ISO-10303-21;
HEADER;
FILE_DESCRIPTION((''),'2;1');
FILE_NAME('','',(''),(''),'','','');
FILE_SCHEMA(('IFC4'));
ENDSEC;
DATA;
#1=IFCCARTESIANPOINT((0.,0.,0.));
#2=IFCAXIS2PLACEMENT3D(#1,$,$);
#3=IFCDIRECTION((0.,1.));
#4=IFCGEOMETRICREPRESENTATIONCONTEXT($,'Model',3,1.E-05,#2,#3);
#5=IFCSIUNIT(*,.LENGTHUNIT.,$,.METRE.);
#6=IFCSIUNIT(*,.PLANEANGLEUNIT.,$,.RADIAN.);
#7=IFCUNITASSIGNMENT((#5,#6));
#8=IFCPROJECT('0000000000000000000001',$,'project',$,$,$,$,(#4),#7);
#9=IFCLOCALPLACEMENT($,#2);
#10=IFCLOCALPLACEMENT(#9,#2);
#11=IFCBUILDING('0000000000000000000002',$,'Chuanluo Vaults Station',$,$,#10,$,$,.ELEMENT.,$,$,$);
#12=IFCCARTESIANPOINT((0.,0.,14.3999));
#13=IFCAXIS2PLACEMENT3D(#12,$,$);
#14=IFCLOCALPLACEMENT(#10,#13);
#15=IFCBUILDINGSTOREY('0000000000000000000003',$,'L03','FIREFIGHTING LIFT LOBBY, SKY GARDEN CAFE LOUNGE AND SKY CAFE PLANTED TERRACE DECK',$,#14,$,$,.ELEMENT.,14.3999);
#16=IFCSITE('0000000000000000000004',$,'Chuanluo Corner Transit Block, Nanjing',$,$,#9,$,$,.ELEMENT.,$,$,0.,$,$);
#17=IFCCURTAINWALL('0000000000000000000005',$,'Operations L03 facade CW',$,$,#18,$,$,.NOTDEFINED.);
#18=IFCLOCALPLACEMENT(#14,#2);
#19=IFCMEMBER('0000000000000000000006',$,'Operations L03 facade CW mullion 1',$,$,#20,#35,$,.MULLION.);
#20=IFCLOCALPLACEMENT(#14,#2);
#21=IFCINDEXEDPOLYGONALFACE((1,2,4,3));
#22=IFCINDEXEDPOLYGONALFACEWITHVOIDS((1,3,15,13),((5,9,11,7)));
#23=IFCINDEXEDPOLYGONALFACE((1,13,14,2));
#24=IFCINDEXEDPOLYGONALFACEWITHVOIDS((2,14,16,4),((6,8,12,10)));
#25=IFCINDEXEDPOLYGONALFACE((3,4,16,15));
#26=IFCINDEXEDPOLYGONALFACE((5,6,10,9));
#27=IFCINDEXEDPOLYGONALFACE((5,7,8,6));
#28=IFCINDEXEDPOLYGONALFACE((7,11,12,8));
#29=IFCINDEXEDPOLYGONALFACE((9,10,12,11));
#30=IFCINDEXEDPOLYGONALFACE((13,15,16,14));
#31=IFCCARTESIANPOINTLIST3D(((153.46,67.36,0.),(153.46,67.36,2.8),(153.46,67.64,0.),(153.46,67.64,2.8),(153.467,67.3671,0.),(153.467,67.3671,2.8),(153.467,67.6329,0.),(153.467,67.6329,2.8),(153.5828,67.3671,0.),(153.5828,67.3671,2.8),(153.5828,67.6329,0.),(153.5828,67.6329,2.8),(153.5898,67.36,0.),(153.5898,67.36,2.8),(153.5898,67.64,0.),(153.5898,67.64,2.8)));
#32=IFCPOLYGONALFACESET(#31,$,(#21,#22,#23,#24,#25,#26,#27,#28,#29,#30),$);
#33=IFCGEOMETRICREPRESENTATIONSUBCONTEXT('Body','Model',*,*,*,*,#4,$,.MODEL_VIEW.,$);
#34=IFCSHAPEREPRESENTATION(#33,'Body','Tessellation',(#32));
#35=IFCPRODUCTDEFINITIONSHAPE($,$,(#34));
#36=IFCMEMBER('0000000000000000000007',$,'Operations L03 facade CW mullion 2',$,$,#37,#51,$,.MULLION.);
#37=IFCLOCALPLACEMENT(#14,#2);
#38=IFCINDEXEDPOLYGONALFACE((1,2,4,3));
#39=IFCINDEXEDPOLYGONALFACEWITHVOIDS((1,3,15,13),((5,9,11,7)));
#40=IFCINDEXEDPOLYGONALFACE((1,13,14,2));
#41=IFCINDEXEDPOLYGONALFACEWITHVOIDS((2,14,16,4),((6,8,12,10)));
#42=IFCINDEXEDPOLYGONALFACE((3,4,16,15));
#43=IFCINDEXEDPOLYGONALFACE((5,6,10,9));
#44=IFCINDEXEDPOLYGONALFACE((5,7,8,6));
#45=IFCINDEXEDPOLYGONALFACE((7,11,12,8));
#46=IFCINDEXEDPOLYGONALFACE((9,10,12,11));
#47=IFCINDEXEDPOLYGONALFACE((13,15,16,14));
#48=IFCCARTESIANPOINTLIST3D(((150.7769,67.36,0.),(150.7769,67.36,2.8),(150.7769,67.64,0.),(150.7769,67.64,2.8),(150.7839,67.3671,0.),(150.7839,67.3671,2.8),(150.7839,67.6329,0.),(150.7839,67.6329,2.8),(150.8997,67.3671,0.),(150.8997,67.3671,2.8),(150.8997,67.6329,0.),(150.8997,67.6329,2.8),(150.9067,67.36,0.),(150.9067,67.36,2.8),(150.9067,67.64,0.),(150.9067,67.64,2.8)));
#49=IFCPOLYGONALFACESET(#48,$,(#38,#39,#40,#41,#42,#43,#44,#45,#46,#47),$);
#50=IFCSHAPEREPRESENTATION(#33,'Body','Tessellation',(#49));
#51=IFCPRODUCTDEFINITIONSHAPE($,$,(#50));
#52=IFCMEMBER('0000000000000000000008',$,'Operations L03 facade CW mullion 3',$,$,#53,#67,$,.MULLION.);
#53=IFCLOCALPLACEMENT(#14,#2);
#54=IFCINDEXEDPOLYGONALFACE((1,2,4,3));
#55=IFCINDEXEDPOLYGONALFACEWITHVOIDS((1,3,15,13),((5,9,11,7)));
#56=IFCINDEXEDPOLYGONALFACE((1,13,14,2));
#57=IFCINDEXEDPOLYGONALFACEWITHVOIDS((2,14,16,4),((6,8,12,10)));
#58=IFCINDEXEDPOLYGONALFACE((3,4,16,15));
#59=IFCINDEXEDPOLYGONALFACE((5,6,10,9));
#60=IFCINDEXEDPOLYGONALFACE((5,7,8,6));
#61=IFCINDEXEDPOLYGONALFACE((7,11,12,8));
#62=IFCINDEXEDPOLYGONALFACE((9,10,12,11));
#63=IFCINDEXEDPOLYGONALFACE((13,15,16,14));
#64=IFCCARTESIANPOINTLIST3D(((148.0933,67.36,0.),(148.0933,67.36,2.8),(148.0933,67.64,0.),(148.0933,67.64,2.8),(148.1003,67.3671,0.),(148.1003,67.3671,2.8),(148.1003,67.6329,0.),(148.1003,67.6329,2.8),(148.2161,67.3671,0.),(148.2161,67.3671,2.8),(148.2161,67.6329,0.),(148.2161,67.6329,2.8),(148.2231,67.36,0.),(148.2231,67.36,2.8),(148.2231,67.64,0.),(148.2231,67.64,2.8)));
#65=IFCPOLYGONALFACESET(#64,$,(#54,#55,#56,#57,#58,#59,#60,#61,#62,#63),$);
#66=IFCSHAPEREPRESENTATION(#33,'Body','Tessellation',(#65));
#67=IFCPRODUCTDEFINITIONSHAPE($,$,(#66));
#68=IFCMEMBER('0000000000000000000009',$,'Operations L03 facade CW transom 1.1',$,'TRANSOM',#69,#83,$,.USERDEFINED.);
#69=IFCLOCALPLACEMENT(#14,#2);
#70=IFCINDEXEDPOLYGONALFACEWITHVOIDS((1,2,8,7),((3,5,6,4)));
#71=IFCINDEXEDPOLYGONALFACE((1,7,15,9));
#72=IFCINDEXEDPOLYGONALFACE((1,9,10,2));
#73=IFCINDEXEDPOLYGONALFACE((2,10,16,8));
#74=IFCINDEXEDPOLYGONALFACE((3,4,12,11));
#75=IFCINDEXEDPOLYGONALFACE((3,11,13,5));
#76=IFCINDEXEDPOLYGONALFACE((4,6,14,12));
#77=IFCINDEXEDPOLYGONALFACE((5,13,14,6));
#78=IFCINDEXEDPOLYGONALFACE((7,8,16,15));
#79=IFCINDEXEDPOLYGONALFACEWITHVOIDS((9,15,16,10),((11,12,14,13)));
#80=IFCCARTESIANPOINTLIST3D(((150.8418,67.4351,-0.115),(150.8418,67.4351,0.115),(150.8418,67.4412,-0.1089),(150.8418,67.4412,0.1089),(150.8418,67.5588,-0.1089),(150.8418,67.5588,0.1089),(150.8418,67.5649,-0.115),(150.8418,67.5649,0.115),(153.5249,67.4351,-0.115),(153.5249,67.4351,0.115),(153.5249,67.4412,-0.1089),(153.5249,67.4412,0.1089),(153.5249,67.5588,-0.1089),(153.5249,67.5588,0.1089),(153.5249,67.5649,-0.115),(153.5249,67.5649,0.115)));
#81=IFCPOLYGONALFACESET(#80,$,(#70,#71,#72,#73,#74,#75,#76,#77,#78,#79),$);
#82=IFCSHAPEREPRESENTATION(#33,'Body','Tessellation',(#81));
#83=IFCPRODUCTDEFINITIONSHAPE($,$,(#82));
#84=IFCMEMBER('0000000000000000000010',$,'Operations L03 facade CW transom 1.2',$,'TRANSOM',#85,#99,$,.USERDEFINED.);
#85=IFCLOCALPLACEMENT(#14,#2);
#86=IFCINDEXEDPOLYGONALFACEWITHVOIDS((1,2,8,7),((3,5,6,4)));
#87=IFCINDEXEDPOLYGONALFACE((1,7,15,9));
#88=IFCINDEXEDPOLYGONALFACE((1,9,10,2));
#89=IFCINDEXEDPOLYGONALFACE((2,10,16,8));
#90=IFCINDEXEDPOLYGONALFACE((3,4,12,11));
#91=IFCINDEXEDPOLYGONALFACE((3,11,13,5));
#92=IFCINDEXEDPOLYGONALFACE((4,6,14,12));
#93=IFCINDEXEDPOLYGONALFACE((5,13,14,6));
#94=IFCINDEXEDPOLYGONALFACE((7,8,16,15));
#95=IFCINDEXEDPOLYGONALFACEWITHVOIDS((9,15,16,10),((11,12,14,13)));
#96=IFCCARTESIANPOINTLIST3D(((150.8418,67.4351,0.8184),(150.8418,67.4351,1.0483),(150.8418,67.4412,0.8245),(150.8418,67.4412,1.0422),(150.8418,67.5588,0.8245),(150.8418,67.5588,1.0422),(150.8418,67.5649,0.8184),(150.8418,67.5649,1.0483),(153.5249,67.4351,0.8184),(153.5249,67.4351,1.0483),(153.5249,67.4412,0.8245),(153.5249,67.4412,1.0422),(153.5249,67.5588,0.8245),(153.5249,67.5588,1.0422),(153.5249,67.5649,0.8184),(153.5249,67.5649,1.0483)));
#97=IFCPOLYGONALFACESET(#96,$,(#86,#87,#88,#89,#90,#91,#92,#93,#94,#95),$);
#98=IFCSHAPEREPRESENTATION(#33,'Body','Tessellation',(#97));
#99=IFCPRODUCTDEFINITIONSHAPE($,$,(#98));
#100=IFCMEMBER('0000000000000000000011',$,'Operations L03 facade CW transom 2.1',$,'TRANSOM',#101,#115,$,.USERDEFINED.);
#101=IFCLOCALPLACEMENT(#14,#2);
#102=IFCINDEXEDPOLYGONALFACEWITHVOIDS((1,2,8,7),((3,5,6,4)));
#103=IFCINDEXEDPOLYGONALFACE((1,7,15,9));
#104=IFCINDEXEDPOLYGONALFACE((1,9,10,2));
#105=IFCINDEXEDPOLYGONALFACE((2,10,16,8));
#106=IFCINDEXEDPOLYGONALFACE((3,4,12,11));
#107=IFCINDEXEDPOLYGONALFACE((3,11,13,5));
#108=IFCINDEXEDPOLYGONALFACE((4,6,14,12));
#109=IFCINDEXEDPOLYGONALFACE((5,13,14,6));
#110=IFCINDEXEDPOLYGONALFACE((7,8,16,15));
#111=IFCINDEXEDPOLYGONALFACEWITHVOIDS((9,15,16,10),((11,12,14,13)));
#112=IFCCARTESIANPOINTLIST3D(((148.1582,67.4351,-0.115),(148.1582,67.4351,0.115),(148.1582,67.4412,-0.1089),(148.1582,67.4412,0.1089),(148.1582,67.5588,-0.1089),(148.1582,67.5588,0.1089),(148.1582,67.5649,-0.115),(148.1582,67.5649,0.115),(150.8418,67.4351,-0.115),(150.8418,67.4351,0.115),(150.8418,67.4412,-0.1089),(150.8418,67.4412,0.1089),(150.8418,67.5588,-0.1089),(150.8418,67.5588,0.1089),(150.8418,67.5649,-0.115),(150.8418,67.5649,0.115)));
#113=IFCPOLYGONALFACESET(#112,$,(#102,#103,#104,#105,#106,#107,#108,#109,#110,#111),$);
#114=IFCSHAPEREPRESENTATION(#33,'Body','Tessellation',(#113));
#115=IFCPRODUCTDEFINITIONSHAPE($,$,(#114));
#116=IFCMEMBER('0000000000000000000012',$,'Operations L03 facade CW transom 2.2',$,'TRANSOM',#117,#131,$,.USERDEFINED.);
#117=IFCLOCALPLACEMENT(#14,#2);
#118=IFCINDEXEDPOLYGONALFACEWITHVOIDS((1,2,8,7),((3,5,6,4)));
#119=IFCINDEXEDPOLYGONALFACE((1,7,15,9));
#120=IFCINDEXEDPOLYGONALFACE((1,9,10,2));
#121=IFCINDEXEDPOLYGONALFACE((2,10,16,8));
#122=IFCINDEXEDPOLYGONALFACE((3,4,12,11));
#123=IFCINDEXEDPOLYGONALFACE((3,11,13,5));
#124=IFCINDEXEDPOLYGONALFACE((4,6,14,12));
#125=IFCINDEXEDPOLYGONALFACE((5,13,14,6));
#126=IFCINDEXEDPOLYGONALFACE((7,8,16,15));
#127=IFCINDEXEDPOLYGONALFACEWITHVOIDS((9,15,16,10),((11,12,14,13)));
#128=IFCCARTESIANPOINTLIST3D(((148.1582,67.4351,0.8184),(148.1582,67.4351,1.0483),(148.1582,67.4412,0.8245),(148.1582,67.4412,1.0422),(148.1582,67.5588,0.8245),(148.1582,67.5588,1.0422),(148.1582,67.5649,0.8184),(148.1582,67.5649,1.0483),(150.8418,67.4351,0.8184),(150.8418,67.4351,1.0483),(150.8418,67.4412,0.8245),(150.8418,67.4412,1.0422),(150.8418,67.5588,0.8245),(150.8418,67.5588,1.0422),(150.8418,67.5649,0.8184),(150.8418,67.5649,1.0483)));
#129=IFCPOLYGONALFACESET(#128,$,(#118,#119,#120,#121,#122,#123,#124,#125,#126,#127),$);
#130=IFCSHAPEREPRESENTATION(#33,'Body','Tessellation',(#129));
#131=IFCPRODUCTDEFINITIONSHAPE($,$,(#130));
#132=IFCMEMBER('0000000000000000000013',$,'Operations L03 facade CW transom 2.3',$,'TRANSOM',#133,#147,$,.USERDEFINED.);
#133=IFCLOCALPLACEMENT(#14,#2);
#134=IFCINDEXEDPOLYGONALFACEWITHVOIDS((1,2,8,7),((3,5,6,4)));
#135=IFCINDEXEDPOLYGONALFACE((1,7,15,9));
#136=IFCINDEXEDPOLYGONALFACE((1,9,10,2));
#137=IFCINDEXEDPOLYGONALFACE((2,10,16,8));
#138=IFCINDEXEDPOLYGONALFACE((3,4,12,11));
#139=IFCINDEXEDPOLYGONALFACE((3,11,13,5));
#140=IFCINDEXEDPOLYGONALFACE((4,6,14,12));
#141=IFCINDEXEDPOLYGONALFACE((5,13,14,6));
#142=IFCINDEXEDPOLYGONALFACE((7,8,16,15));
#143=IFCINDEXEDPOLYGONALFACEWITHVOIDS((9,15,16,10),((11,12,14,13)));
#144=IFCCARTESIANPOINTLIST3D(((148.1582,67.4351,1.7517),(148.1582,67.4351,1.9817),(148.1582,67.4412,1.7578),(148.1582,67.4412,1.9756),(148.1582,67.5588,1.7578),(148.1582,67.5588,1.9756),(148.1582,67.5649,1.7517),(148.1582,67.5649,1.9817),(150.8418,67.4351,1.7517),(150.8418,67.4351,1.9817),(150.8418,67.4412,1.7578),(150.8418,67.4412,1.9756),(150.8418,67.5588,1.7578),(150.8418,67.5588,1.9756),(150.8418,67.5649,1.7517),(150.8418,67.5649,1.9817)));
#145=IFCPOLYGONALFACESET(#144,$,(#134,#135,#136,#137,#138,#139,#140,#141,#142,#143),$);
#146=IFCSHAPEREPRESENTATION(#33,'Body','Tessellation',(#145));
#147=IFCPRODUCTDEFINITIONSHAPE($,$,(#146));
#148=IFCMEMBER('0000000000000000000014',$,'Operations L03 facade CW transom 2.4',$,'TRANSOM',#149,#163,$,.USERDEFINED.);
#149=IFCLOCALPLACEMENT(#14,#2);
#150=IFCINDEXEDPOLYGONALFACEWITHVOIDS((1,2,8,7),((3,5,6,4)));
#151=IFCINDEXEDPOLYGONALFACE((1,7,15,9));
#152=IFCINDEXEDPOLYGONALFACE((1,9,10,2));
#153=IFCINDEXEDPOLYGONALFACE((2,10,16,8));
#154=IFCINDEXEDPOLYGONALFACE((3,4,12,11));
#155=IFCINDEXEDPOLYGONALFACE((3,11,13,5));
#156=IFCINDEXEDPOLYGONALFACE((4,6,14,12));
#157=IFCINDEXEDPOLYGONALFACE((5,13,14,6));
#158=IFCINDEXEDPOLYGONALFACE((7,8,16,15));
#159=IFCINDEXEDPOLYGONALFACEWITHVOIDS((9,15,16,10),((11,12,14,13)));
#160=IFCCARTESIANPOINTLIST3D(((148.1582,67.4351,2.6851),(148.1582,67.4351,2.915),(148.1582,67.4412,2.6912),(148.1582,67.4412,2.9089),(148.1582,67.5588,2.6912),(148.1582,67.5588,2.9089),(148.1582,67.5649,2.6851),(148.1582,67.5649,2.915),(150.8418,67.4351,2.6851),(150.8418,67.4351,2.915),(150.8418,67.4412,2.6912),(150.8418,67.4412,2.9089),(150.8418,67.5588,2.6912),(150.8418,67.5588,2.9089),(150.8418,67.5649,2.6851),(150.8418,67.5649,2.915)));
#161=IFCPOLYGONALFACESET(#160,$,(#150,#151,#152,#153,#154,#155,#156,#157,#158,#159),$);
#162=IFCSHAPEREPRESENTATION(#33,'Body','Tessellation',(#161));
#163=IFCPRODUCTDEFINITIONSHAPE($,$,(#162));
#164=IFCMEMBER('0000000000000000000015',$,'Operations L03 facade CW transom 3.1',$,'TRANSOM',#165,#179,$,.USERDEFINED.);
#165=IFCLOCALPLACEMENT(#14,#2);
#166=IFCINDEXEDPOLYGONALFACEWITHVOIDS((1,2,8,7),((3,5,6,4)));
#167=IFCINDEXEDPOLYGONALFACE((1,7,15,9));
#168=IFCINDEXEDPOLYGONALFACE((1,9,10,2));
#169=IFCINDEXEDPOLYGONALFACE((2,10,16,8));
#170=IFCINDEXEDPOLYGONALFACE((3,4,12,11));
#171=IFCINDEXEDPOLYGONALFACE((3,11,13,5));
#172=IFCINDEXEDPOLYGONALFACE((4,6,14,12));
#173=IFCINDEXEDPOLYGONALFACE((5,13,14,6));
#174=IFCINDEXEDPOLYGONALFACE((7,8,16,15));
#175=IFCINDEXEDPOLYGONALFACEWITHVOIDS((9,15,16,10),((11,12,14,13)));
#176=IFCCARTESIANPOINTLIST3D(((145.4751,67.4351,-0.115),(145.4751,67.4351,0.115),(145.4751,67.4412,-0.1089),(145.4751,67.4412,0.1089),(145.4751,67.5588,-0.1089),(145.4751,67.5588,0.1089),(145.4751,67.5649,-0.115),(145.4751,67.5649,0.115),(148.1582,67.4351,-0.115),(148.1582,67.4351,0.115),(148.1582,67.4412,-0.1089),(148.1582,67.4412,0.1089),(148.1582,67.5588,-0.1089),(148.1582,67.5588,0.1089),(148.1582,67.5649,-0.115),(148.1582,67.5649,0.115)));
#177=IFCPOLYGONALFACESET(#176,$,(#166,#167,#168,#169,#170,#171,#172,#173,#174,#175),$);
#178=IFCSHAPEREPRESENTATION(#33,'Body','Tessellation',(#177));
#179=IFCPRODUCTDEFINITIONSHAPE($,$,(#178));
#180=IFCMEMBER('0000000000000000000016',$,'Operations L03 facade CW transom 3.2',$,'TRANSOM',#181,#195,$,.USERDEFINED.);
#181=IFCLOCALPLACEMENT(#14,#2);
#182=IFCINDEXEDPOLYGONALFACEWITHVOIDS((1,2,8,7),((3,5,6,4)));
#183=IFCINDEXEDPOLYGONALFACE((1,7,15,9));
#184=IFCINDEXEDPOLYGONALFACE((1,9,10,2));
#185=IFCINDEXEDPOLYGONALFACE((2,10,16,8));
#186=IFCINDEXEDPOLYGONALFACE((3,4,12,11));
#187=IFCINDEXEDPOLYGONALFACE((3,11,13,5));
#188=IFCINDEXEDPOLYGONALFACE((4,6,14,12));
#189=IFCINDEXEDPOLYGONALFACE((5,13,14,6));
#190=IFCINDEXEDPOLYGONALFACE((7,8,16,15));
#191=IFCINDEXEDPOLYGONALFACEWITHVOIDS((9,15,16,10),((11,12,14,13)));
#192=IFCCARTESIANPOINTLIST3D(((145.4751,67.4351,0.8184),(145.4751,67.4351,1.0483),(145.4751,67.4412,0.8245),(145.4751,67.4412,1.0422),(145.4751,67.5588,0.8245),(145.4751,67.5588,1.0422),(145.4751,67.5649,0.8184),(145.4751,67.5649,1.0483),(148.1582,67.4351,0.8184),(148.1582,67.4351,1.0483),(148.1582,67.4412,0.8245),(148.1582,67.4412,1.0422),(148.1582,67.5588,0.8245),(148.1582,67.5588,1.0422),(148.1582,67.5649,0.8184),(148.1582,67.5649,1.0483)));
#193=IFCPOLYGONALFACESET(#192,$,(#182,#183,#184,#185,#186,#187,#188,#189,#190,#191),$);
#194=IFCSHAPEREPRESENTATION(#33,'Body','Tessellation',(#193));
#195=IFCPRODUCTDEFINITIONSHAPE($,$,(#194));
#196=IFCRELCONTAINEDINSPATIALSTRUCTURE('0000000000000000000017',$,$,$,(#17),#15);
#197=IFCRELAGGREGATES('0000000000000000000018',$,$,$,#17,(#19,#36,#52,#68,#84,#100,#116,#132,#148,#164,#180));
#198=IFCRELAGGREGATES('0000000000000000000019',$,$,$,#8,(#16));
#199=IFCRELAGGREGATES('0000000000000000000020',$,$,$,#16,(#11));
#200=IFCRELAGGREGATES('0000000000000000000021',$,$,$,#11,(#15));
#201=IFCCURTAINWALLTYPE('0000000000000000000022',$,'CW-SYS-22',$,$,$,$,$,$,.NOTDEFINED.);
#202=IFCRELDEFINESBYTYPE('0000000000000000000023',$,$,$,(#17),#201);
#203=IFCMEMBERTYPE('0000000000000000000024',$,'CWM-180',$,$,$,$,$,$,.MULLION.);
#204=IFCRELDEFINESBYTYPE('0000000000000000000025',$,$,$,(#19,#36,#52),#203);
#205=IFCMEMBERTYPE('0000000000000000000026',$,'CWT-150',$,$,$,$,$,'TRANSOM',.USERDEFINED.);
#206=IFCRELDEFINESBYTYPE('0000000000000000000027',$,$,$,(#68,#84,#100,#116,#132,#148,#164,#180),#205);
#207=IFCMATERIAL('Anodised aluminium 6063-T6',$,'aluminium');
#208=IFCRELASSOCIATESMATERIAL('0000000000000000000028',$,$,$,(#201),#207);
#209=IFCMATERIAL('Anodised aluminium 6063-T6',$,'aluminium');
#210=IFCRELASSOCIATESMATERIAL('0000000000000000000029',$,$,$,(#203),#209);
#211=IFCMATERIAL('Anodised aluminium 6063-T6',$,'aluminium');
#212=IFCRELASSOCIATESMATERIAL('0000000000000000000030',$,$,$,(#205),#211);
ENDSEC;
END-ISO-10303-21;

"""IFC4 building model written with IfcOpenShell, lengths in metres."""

from ifc_helpers import new_model, si_unit, direction, frame, origin, origin_2d, place, context, subcontext, project, spatial, hollow_rectangle, extrude, material, material_profile, profile_set, type_object, element, aggregate, save


model = new_model("IFC4")

# Units and contexts
model_context = context("Model", 3, precision=1e-05, world=origin(), true_north=direction((0.0, 1.0)))
body_context = subcontext(model_context, "Body", "Model", "MODEL_VIEW")
ifc_project = project(units=[si_unit("LENGTHUNIT", "METRE"), si_unit("PLANEANGLEUNIT", "RADIAN")], contexts=[model_context])

# Site, building, storey
site_placement = place(None, origin())
site = spatial("IfcSite", under=ifc_project, at=site_placement, Name="Chuanluo Corner Transit Block, Nanjing", CompositionType="ELEMENT", RefElevation=0.0)
building_placement = place(site_placement, origin())
building = spatial("IfcBuilding", under=site, at=building_placement, Name="Chuanluo Vaults Station", CompositionType="ELEMENT")
storey_placement = place(building_placement, frame((0.0, 0.0, 14.3999)))
storey = spatial("IfcBuildingStorey", under=building, at=storey_placement, Name="L03", Description="FIREFIGHTING LIFT LOBBY, SKY GARDEN CAFE LOUNGE AND SKY CAFE PLANTED TERRACE DECK", CompositionType="ELEMENT", Elevation=14.3999)

# Curtain wall, members
ifc_material_1 = material(Name="Anodised aluminium 6063-T6", Category="aluminium")
curtain_wall_type = type_object("IfcCurtainWallType", Name="CW-SYS-22", PredefinedType="NOTDEFINED", material=ifc_material_1)
curtain_wall_placement = place(storey_placement, origin())
curtain_wall = element("IfcCurtainWall", 1, at=curtain_wall_placement, inside=storey, type_object=curtain_wall_type, Name="Operations L03 facade CW", PredefinedType="NOTDEFINED")
ifc_material_2 = material(Name="Anodised aluminium 6063-T6", Category="aluminium")
ifc_material_profile_1 = material_profile(ifc_material_2, hollow_rectangle(XDim=0.1299, YDim=0.28, WallThickness=0.0071, at=origin_2d()))
ifc_profile_set_1 = profile_set([ifc_material_profile_1], Name="Anodised aluminium 6063-T6")
member_type_1 = type_object("IfcMemberType", Name="CWM-180", PredefinedType="MULLION", material=ifc_profile_set_1)
member_1_placement = place(storey_placement, frame((153.5249, 67.5, 0.0), z_axis=(0.0, 0.0, 1.0), x_axis=(-1.0, 0.0, 0.0)))
member_1 = element("IfcMember", 2, at=member_1_placement, type_object=member_type_1, Name="Operations L03 facade CW mullion 1", PredefinedType="MULLION", context=body_context, shape_type="SweptSolid", body=[
    extrude(hollow_rectangle(XDim=0.1299, YDim=0.28, WallThickness=0.0071, at=origin_2d()), origin(), (0.0, 0.0, 1.0), 2.8),
])
member_2_placement = place(storey_placement, frame((150.8418, 67.5, 0.0), z_axis=(0.0, 0.0, 1.0), x_axis=(-1.0, 0.0, 0.0)))
member_2 = element("IfcMember", 3, at=member_2_placement, type_object=member_type_1, Name="Operations L03 facade CW mullion 2", PredefinedType="MULLION", context=body_context, shape_type="SweptSolid", body=[
    extrude(hollow_rectangle(XDim=0.1299, YDim=0.28, WallThickness=0.0071, at=origin_2d()), origin(), (0.0, 0.0, 1.0), 2.8),
])
member_3_placement = place(storey_placement, frame((148.1582, 67.5, 0.0), z_axis=(0.0, 0.0, 1.0), x_axis=(-1.0, 0.0, 0.0)))
member_3 = element("IfcMember", 4, at=member_3_placement, type_object=member_type_1, Name="Operations L03 facade CW mullion 3", PredefinedType="MULLION", context=body_context, shape_type="SweptSolid", body=[
    extrude(hollow_rectangle(XDim=0.1299, YDim=0.28, WallThickness=0.0071, at=origin_2d()), origin(), (0.0, 0.0, 1.0), 2.8),
])
ifc_material_3 = material(Name="Anodised aluminium 6063-T6", Category="aluminium")
ifc_material_profile_2 = material_profile(ifc_material_3, hollow_rectangle(XDim=0.1299, YDim=0.23, WallThickness=0.0061, at=origin_2d()))
ifc_profile_set_2 = profile_set([ifc_material_profile_2], Name="Anodised aluminium 6063-T6")
member_type_2 = type_object("IfcMemberType", Name="CWT-150", ElementType="TRANSOM", PredefinedType="USERDEFINED", material=ifc_profile_set_2)
member_4_placement = place(storey_placement, frame((153.5249, 67.5, 0.0), z_axis=(-1.0, 0.0, 0.0), x_axis=(0.0, -1.0, 0.0)))
member_4 = element("IfcMember", 5, at=member_4_placement, type_object=member_type_2, Name="Operations L03 facade CW transom 1.1", ObjectType="TRANSOM", PredefinedType="USERDEFINED", context=body_context, shape_type="SweptSolid", body=[
    extrude(hollow_rectangle(XDim=0.1299, YDim=0.23, WallThickness=0.0061, at=origin_2d()), origin(), (0.0, 0.0, 1.0), 2.6831),
])
member_5_placement = place(storey_placement, frame((153.5249, 67.5, 0.9333), z_axis=(-1.0, 0.0, 0.0), x_axis=(0.0, -1.0, 0.0)))
member_5 = element("IfcMember", 6, at=member_5_placement, type_object=member_type_2, Name="Operations L03 facade CW transom 1.2", ObjectType="TRANSOM", PredefinedType="USERDEFINED", context=body_context, shape_type="SweptSolid", body=[
    extrude(hollow_rectangle(XDim=0.1299, YDim=0.23, WallThickness=0.0061, at=origin_2d()), origin(), (0.0, 0.0, 1.0), 2.6831),
])
member_6_placement = place(storey_placement, frame((150.8418, 67.5, 0.0), z_axis=(-1.0, 0.0, 0.0), x_axis=(0.0, -1.0, 0.0)))
member_6 = element("IfcMember", 7, at=member_6_placement, type_object=member_type_2, Name="Operations L03 facade CW transom 2.1", ObjectType="TRANSOM", PredefinedType="USERDEFINED", context=body_context, shape_type="SweptSolid", body=[
    extrude(hollow_rectangle(XDim=0.1299, YDim=0.23, WallThickness=0.0061, at=origin_2d()), origin(), (0.0, 0.0, 1.0), 2.6836),
])
member_7_placement = place(storey_placement, frame((150.8418, 67.5, 0.9333), z_axis=(-1.0, 0.0, 0.0), x_axis=(0.0, -1.0, 0.0)))
member_7 = element("IfcMember", 8, at=member_7_placement, type_object=member_type_2, Name="Operations L03 facade CW transom 2.2", ObjectType="TRANSOM", PredefinedType="USERDEFINED", context=body_context, shape_type="SweptSolid", body=[
    extrude(hollow_rectangle(XDim=0.1299, YDim=0.23, WallThickness=0.0061, at=origin_2d()), origin(), (0.0, 0.0, 1.0), 2.6836),
])
member_8_placement = place(storey_placement, frame((150.8418, 67.5, 1.8667), z_axis=(-1.0, 0.0, 0.0), x_axis=(0.0, -1.0, 0.0)))
member_8 = element("IfcMember", 9, at=member_8_placement, type_object=member_type_2, Name="Operations L03 facade CW transom 2.3", ObjectType="TRANSOM", PredefinedType="USERDEFINED", context=body_context, shape_type="SweptSolid", body=[
    extrude(hollow_rectangle(XDim=0.1299, YDim=0.23, WallThickness=0.0061, at=origin_2d()), origin(), (0.0, 0.0, 1.0), 2.6836),
])
member_9_placement = place(storey_placement, frame((150.8418, 67.5, 2.8), z_axis=(-1.0, 0.0, 0.0), x_axis=(0.0, -1.0, 0.0)))
member_9 = element("IfcMember", 10, at=member_9_placement, type_object=member_type_2, Name="Operations L03 facade CW transom 2.4", ObjectType="TRANSOM", PredefinedType="USERDEFINED", context=body_context, shape_type="SweptSolid", body=[
    extrude(hollow_rectangle(XDim=0.1299, YDim=0.23, WallThickness=0.0061, at=origin_2d()), origin(), (0.0, 0.0, 1.0), 2.6836),
])
member_10_placement = place(storey_placement, frame((148.1582, 67.5, 0.0), z_axis=(-1.0, 0.0, 0.0), x_axis=(0.0, -1.0, 0.0)))
member_10 = element("IfcMember", 11, at=member_10_placement, type_object=member_type_2, Name="Operations L03 facade CW transom 3.1", ObjectType="TRANSOM", PredefinedType="USERDEFINED", context=body_context, shape_type="SweptSolid", body=[
    extrude(hollow_rectangle(XDim=0.1299, YDim=0.23, WallThickness=0.0061, at=origin_2d()), origin(), (0.0, 0.0, 1.0), 2.6831),
])
member_11_placement = place(storey_placement, frame((148.1582, 67.5, 0.9333), z_axis=(-1.0, 0.0, 0.0), x_axis=(0.0, -1.0, 0.0)))
member_11 = element("IfcMember", 12, at=member_11_placement, type_object=member_type_2, Name="Operations L03 facade CW transom 3.2", ObjectType="TRANSOM", PredefinedType="USERDEFINED", context=body_context, shape_type="SweptSolid", body=[
    extrude(hollow_rectangle(XDim=0.1299, YDim=0.23, WallThickness=0.0061, at=origin_2d()), origin(), (0.0, 0.0, 1.0), 2.6831),
])
aggregate(curtain_wall, [member_1, member_2, member_3, member_4, member_5, member_6, member_7, member_8, member_9, member_10, member_11])

save(model, "model.ifc")
